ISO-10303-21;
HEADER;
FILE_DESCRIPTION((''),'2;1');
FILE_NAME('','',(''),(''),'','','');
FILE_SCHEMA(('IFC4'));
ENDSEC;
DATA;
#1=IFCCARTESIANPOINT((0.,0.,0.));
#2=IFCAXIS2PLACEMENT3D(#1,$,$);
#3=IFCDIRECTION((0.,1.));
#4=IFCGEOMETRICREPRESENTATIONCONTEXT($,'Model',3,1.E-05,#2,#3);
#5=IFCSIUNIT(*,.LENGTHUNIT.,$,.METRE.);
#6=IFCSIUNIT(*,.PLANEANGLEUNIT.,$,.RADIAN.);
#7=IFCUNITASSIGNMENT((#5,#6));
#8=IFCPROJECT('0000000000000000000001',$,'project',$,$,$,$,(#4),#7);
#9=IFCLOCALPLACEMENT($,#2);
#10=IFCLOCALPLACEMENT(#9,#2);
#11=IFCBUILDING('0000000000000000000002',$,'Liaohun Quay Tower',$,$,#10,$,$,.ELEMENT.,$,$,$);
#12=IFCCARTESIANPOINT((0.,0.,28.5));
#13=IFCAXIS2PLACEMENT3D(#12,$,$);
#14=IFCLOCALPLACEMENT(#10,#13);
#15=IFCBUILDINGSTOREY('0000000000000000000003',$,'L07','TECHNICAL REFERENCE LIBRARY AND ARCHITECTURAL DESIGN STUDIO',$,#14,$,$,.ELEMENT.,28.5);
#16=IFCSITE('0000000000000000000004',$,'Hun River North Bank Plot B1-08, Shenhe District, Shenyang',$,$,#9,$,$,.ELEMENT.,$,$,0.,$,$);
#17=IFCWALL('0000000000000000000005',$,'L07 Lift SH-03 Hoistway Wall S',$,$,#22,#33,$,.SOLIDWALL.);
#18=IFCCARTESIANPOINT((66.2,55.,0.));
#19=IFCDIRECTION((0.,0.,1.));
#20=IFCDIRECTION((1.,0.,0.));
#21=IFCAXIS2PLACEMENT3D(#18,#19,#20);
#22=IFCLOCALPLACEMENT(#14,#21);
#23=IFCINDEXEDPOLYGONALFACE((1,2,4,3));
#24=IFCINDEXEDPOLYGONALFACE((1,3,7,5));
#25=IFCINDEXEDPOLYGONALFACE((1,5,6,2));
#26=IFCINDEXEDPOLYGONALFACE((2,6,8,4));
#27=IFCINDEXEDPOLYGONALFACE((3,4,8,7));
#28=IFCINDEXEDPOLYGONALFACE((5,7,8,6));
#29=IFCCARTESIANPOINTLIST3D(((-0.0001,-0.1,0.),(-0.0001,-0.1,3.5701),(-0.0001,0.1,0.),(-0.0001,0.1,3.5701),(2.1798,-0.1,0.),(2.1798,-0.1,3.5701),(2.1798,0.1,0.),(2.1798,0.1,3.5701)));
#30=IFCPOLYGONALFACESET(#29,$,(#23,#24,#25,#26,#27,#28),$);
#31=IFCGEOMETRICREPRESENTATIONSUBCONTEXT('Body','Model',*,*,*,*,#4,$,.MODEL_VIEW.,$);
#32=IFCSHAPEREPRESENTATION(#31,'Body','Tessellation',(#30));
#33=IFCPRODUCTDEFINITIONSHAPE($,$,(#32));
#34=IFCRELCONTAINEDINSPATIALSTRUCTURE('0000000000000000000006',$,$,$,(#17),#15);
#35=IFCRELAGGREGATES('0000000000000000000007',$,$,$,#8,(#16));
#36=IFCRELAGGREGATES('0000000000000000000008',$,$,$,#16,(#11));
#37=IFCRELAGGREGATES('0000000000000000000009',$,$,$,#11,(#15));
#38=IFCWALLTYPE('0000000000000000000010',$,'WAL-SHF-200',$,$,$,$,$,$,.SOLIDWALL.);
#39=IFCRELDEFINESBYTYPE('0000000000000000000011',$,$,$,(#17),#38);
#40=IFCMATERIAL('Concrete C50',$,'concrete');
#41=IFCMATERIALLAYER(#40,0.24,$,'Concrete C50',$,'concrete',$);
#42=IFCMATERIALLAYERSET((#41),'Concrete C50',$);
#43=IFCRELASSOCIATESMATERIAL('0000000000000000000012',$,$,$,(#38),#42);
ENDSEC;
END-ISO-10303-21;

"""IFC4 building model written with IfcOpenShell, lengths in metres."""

from ifc_helpers import new_model, si_unit, direction, frame, frame_2d, origin, place, context, subcontext, project, spatial, rectangle, extrude, material, layer, layer_set, type_object, element, save


model = new_model("IFC4")

# Units and contexts
model_context = context("Model", 3, precision=1e-05, world=origin(), true_north=direction((0.0, 1.0)))
body_context = subcontext(model_context, "Body", "Model", "MODEL_VIEW")
ifc_project = project(units=[si_unit("LENGTHUNIT", "METRE"), si_unit("PLANEANGLEUNIT", "RADIAN")], contexts=[model_context])

# Site, building, storey
site_placement = place(None, origin())
site = spatial("IfcSite", under=ifc_project, at=site_placement, Name="Hun River North Bank Plot B1-08, Shenhe District, Shenyang", CompositionType="ELEMENT", RefElevation=0.0)
building_placement = place(site_placement, origin())
building = spatial("IfcBuilding", under=site, at=building_placement, Name="Liaohun Quay Tower", CompositionType="ELEMENT")
storey_placement = place(building_placement, frame((0.0, 0.0, 28.5)))
storey = spatial("IfcBuildingStorey", under=building, at=storey_placement, Name="L07", Description="TECHNICAL REFERENCE LIBRARY AND ARCHITECTURAL DESIGN STUDIO", CompositionType="ELEMENT", Elevation=28.5)

# Shared definitions
ifc_material_1 = material(Name="Concrete C50", Category="concrete")
ifc_layer_1 = layer(ifc_material_1, 0.24, Name="Concrete C50", Category="concrete")
ifc_layer_set_1 = layer_set([ifc_layer_1], Name="Concrete C50")
wall_type_1 = type_object("IfcWallType", Name="WAL-SHF-200", PredefinedType="SOLIDWALL", material=ifc_layer_set_1)

# Wall
wall_1_placement = place(storey_placement, frame((66.2, 55.0, 0.0), z_axis=(0.0, 0.0, 1.0), x_axis=(1.0, 0.0, 0.0)))
element("IfcWall", 1, at=wall_1_placement, inside=storey, type_object=wall_type_1, Name="L07 Lift SH-03 Hoistway Wall S", PredefinedType="SOLIDWALL", context=body_context, shape_type="SweptSolid", body=[
    extrude(rectangle(XDim=2.1799, YDim=0.2, at=frame_2d((1.0898, 0.0))), origin(), (0.0, 0.0, 1.0), 3.5701),
])

save(model, "model.ifc")
